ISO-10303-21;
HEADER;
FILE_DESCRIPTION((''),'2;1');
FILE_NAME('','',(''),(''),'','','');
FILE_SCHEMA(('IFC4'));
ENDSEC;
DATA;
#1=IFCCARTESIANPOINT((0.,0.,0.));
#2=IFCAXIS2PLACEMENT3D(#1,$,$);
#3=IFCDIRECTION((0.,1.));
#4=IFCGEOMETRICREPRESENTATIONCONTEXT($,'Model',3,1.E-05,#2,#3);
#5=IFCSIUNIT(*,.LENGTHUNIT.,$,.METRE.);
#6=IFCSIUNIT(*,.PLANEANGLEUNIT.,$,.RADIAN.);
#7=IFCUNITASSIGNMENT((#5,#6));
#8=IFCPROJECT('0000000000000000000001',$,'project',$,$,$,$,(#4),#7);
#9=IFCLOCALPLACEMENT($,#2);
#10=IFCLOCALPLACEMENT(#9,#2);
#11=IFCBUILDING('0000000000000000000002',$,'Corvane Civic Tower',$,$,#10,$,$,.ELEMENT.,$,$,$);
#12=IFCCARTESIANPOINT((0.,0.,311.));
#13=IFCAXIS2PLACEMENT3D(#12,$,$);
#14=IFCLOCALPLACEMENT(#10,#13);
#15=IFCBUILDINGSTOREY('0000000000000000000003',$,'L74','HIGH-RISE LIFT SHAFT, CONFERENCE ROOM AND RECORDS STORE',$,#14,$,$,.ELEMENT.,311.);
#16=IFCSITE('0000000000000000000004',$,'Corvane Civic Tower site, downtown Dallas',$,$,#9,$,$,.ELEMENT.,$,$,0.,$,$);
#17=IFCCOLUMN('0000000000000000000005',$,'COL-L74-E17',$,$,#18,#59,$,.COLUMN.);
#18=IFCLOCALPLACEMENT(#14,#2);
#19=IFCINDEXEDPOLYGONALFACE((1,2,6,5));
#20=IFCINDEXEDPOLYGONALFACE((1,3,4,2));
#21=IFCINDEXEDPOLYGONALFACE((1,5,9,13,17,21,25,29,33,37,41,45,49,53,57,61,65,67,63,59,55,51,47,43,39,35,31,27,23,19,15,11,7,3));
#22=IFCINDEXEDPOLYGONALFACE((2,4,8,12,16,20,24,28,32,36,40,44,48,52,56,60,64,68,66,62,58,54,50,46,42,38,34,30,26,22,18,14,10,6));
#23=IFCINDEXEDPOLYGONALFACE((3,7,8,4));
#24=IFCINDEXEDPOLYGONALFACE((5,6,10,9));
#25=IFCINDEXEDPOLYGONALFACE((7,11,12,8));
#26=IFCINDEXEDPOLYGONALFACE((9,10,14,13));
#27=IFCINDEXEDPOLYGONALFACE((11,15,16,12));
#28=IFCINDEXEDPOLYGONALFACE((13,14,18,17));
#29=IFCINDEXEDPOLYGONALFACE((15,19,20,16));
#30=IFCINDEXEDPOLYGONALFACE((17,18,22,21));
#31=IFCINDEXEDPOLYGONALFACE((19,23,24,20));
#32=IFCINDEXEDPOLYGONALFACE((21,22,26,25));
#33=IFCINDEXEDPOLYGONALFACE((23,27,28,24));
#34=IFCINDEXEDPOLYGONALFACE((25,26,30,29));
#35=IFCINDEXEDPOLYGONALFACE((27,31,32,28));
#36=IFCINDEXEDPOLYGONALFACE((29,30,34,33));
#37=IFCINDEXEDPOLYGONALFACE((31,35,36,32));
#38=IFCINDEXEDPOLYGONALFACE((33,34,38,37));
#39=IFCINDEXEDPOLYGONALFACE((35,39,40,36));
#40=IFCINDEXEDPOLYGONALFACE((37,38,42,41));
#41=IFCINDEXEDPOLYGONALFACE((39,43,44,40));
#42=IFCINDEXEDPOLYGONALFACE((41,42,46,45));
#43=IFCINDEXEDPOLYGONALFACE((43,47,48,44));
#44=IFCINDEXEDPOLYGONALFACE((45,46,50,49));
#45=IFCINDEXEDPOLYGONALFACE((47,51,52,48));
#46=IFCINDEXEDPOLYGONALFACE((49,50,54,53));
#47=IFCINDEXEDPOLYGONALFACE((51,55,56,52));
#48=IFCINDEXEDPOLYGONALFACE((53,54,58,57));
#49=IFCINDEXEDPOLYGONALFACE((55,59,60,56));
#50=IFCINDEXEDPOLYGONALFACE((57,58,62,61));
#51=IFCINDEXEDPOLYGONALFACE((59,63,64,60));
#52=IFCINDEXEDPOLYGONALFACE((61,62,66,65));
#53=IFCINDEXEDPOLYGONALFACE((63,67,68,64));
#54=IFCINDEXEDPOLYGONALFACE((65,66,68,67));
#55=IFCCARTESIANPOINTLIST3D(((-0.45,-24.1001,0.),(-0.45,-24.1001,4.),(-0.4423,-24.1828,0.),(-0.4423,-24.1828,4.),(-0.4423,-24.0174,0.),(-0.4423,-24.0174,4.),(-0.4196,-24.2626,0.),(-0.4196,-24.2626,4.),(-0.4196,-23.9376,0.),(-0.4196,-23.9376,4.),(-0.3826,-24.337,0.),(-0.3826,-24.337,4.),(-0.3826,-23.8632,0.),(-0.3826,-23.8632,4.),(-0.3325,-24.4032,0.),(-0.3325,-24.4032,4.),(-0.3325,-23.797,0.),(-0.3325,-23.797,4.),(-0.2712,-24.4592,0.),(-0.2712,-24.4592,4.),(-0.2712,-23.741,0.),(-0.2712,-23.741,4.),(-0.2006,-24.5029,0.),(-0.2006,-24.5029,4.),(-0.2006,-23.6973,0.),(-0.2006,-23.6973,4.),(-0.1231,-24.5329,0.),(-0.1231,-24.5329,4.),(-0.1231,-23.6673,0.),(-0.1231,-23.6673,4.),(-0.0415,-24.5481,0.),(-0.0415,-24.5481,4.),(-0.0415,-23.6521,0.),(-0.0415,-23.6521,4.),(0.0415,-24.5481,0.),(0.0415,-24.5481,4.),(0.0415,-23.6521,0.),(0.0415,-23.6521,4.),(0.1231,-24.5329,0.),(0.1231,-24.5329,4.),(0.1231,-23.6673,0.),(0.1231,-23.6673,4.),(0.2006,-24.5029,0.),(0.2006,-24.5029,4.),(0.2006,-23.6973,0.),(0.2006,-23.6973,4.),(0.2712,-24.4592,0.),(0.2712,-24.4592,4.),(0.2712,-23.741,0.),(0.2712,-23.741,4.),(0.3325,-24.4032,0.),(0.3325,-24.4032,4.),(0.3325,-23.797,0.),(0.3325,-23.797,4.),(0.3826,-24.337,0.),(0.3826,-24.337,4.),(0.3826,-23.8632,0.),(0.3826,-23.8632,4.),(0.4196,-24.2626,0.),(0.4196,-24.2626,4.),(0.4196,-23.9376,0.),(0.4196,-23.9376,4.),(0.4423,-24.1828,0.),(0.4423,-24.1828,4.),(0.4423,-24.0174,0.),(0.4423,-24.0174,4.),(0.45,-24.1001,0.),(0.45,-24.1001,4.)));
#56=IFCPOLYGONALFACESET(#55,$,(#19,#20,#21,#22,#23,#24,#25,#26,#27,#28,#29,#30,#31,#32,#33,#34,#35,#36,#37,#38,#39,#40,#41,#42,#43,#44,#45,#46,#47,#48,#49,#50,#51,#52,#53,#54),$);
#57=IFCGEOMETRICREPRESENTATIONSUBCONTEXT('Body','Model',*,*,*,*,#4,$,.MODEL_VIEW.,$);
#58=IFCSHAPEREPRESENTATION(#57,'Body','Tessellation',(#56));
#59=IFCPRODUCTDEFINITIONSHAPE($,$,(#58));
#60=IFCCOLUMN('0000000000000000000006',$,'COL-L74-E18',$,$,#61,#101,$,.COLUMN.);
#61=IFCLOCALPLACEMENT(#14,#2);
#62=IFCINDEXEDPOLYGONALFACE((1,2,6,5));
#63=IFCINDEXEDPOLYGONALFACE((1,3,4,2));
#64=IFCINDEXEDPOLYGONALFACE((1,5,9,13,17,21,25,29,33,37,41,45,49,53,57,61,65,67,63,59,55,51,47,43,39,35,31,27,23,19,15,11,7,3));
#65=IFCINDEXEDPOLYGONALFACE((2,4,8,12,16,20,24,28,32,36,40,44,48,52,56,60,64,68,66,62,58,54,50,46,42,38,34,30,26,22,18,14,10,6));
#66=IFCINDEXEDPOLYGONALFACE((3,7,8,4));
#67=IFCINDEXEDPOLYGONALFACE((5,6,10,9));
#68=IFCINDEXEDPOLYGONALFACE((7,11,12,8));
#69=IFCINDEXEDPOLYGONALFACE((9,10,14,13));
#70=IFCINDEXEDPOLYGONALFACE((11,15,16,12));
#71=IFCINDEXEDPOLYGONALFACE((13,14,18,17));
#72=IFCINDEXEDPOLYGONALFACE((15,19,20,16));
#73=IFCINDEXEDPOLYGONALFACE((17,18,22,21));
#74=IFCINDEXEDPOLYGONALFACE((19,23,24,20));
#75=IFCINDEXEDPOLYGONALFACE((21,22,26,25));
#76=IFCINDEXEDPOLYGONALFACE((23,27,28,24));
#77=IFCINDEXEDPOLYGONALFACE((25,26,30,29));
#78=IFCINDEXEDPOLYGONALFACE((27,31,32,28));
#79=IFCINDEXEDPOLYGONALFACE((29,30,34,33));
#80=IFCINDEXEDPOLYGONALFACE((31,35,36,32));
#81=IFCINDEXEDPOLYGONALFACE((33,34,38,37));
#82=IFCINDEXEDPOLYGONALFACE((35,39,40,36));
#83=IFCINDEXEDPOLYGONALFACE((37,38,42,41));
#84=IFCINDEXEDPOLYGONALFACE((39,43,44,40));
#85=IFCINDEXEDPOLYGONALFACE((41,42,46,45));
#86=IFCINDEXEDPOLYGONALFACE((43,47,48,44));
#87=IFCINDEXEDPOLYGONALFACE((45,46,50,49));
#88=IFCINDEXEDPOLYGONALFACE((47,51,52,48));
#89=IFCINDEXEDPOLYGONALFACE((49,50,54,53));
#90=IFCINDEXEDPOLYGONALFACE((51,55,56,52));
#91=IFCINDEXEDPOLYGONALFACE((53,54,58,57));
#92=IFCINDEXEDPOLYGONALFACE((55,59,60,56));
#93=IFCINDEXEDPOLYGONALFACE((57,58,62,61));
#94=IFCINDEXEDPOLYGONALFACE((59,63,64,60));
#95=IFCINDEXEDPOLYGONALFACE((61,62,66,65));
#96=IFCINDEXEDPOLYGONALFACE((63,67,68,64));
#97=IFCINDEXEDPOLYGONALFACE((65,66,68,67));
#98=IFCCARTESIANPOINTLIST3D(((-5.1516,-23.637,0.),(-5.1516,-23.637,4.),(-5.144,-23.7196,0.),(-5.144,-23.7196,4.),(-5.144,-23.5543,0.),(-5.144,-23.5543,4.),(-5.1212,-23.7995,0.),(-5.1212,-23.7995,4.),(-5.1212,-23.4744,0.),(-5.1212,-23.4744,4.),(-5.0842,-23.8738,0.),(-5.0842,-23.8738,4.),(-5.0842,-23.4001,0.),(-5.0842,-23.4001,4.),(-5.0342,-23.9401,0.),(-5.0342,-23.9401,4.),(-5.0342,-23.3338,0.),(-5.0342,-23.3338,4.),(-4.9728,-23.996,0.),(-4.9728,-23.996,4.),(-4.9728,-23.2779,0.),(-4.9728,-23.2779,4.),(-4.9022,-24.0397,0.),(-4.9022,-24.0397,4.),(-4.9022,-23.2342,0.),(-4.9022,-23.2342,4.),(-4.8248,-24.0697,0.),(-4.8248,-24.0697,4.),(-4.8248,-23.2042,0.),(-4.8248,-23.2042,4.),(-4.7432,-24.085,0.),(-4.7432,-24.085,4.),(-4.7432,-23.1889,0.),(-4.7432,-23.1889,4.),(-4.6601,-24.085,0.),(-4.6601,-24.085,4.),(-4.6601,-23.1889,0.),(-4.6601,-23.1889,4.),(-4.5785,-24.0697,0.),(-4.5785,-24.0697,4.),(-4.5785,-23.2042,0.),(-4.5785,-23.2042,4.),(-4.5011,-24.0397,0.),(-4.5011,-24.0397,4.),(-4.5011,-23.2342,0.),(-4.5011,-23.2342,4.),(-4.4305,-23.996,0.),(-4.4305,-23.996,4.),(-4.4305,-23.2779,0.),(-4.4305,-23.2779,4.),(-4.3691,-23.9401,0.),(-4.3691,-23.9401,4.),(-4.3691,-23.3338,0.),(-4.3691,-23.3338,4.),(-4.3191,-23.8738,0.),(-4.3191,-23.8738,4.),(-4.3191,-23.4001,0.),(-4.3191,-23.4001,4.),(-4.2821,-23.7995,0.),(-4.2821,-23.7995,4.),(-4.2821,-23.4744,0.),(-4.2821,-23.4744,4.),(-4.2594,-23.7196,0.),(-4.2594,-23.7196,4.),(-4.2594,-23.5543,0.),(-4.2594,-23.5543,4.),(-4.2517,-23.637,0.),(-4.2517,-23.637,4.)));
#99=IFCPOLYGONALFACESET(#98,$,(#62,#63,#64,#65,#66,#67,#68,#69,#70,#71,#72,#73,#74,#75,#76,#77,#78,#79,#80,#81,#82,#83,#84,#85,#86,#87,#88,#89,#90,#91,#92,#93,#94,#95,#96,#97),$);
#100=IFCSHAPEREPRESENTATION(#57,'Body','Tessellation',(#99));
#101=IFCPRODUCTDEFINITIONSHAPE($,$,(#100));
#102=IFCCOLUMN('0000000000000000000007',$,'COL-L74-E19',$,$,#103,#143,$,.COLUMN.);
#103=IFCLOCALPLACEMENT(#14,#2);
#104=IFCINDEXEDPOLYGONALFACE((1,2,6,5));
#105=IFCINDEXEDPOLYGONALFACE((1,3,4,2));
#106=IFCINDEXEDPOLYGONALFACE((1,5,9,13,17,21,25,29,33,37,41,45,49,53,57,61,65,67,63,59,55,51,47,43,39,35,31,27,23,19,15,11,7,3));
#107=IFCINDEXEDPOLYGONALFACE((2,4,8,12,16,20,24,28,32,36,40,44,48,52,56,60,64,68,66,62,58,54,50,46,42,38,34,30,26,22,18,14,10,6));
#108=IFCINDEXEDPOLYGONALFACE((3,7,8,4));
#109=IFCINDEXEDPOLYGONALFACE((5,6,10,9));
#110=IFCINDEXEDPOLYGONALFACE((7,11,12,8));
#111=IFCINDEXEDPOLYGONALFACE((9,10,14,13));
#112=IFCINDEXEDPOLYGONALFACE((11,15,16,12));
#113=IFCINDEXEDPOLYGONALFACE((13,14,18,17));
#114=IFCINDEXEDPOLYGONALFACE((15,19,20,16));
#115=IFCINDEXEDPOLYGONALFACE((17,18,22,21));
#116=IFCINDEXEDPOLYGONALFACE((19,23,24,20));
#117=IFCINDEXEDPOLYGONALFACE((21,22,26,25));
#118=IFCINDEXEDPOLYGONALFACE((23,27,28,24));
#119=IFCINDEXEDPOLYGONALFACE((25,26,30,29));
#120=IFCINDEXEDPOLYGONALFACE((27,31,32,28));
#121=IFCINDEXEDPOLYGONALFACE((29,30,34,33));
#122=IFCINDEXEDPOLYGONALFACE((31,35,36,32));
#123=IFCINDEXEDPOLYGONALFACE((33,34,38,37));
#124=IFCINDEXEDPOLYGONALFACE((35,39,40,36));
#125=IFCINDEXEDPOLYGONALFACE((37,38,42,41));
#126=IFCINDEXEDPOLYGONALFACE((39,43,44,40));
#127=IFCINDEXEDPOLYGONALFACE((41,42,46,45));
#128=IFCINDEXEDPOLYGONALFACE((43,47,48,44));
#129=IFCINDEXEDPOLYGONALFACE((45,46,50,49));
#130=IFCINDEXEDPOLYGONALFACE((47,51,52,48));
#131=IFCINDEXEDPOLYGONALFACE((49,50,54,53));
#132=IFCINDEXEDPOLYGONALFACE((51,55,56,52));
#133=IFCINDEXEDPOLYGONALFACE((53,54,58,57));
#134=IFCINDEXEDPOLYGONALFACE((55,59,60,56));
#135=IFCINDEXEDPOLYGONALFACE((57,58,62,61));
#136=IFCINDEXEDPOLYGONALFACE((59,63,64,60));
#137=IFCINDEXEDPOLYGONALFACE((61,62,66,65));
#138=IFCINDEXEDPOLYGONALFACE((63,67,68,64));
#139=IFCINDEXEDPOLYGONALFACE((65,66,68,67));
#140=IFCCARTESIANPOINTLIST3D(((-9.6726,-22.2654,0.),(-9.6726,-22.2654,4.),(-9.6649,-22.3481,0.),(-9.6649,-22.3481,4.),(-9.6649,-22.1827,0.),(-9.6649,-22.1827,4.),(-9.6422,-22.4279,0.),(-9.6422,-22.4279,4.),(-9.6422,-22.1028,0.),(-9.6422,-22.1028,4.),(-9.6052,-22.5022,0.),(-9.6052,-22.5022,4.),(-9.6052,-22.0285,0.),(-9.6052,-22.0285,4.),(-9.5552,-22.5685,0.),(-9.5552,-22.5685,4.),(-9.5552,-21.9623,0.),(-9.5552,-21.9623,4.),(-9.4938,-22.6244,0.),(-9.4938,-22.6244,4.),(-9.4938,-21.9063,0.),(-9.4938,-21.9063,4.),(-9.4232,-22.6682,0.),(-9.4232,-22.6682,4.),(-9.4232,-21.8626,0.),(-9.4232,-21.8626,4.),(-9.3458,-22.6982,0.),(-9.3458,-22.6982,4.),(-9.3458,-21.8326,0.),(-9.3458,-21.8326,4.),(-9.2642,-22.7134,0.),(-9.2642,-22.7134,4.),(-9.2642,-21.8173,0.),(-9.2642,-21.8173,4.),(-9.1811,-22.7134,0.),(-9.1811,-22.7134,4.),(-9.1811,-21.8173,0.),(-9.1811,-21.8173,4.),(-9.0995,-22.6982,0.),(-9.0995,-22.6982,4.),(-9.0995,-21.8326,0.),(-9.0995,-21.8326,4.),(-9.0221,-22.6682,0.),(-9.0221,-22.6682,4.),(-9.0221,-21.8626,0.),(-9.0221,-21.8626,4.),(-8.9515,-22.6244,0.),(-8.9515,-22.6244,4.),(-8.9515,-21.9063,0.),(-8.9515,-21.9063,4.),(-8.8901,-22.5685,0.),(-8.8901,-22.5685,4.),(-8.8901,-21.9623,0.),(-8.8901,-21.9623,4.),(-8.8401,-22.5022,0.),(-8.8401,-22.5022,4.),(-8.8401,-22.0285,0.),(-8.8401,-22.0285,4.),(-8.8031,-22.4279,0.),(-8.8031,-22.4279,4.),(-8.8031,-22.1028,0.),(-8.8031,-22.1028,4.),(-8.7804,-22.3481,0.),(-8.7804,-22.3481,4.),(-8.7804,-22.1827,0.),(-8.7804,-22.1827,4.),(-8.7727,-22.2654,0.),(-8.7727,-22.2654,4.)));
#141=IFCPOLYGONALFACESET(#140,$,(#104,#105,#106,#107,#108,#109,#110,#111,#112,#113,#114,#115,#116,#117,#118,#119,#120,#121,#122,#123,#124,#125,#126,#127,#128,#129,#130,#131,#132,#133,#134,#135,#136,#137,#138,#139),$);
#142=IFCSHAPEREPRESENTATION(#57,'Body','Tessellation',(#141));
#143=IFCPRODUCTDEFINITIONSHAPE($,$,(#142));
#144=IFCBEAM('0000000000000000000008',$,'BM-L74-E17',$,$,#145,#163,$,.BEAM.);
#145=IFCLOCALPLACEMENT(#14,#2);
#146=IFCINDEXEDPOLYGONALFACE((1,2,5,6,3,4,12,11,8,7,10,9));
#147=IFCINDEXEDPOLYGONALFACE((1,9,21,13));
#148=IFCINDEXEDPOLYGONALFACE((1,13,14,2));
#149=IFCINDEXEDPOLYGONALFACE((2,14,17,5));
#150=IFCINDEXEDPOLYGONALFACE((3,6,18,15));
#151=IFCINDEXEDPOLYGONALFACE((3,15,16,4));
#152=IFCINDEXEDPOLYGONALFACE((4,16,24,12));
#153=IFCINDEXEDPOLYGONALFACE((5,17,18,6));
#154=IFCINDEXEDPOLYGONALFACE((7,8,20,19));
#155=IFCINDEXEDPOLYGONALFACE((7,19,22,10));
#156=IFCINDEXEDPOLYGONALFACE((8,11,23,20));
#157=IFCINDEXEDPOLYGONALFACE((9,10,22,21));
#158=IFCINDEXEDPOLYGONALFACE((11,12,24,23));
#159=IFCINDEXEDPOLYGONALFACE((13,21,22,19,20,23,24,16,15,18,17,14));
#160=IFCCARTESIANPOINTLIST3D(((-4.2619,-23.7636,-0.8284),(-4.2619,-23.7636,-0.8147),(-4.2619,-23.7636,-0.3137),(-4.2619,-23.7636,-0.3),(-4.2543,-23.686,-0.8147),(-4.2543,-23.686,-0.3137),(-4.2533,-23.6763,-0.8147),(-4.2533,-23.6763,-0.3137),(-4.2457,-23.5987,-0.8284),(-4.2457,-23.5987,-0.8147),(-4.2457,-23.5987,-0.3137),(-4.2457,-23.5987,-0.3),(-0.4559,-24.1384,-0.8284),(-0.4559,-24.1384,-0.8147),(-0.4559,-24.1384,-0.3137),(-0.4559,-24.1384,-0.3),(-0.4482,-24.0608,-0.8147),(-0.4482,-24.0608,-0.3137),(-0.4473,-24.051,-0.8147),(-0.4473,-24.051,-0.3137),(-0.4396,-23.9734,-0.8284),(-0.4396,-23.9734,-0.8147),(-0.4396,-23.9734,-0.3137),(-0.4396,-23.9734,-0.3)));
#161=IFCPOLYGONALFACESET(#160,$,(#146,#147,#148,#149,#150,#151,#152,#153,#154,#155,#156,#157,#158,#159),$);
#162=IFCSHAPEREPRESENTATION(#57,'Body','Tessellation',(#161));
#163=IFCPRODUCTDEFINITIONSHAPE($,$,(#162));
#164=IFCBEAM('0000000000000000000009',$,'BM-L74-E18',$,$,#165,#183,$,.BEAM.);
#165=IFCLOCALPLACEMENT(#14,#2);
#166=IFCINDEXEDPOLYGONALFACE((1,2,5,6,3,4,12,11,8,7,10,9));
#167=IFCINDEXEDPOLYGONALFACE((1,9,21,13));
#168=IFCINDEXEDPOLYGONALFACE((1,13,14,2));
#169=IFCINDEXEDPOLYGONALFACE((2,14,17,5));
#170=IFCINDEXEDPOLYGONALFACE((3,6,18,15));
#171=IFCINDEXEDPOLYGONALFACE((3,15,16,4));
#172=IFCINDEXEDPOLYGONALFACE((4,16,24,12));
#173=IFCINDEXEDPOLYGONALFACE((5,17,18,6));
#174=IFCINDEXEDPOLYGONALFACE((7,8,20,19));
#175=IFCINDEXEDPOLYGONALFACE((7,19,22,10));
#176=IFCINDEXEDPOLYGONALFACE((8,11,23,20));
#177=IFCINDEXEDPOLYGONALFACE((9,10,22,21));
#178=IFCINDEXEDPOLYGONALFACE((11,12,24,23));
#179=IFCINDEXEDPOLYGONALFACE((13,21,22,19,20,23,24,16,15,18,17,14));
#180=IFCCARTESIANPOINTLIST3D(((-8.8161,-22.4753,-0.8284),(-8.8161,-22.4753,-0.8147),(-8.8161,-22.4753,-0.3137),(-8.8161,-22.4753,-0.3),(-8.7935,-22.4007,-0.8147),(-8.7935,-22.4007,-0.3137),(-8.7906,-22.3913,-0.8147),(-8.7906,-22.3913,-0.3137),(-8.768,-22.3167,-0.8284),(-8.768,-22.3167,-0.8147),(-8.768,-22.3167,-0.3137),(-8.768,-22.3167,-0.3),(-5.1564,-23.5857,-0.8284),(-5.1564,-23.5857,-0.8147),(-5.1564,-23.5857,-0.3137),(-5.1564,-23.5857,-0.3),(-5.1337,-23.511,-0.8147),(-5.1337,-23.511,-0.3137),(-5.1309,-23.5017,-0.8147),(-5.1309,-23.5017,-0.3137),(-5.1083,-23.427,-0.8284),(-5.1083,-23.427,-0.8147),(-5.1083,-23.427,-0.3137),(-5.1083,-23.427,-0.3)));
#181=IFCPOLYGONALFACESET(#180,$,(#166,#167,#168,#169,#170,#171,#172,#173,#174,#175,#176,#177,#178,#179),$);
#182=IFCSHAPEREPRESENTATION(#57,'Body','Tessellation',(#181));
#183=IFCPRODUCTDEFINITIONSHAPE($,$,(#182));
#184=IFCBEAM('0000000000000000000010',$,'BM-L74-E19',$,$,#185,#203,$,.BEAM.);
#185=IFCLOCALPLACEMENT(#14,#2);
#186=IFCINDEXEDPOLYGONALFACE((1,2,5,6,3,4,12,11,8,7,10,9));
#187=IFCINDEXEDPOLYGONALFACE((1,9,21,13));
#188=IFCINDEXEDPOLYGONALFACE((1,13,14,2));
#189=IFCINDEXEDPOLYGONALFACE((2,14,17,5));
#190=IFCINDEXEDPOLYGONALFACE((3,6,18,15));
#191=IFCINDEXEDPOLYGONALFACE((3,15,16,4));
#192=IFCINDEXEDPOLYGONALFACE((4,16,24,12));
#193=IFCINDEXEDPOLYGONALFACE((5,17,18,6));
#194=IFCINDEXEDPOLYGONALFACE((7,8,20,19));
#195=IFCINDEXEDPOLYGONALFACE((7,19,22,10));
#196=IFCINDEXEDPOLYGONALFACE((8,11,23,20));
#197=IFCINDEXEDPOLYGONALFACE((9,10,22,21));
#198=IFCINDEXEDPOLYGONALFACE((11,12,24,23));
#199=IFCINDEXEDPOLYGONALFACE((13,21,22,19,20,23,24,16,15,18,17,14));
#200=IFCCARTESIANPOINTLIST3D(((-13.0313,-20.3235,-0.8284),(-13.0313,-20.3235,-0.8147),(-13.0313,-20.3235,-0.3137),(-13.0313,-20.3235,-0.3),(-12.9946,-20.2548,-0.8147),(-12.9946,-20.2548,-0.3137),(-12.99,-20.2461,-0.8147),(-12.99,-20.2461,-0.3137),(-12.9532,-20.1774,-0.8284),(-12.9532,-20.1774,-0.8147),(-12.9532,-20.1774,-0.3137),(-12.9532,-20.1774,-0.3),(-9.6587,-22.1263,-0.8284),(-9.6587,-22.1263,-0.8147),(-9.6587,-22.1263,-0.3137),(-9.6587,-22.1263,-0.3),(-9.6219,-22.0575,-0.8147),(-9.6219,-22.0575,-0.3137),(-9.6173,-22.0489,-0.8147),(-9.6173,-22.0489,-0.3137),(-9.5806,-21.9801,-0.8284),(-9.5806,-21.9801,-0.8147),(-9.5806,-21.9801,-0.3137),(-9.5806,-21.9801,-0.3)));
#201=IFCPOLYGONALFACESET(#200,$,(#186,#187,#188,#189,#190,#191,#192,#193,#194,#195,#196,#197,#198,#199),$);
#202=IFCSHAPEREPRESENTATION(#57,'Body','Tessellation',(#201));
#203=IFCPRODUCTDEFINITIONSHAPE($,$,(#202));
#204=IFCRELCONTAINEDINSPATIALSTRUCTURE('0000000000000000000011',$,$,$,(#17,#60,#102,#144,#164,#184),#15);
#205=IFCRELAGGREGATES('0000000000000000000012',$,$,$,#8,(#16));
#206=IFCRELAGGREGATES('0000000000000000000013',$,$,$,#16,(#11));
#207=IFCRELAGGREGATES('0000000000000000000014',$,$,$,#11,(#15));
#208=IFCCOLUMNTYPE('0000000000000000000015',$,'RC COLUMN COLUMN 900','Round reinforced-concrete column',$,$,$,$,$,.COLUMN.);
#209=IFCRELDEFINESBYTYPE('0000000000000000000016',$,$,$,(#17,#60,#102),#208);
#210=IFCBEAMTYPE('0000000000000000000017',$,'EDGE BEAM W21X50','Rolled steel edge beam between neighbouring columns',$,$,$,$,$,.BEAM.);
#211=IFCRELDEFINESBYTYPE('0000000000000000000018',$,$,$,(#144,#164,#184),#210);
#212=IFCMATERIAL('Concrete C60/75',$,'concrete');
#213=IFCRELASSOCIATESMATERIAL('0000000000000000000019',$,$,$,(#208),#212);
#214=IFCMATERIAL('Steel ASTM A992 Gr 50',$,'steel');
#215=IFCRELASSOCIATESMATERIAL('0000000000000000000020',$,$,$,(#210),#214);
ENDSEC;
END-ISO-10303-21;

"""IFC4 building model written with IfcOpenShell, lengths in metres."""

from ifc_helpers import new_model, si_unit, direction, frame, origin, origin_2d, place, context, subcontext, project, spatial, circle, i_section, extrude, material, material_profile, profile_set, type_object, element, save


model = new_model("IFC4")

# Units and contexts
model_context = context("Model", 3, precision=1e-05, world=origin(), true_north=direction((0.0, 1.0)))
body_context = subcontext(model_context, "Body", "Model", "MODEL_VIEW")
ifc_project = project(units=[si_unit("LENGTHUNIT", "METRE"), si_unit("PLANEANGLEUNIT", "RADIAN")], contexts=[model_context])

# Site, building, storey
site_placement = place(None, origin())
site = spatial("IfcSite", under=ifc_project, at=site_placement, Name="Corvane Civic Tower site, downtown Dallas", CompositionType="ELEMENT", RefElevation=0.0)
building_placement = place(site_placement, origin())
building = spatial("IfcBuilding", under=site, at=building_placement, Name="Corvane Civic Tower", CompositionType="ELEMENT")
storey_placement = place(building_placement, frame((0.0, 0.0, 311.0)))
storey = spatial("IfcBuildingStorey", under=building, at=storey_placement, Name="L74", Description="HIGH-RISE LIFT SHAFT, CONFERENCE ROOM AND RECORDS STORE", CompositionType="ELEMENT", Elevation=311.0)

# Columns
ifc_material_1 = material(Name="Concrete C60/75", Category="concrete")
ifc_material_profile_1 = material_profile(ifc_material_1, circle(Radius=0.45, at=origin_2d()), Name="COLUMN 900")
ifc_profile_set_1 = profile_set([ifc_material_profile_1], Name="Concrete C60/75")
column_type = type_object("IfcColumnType", Name="RC COLUMN COLUMN 900", Description="Round reinforced-concrete column", PredefinedType="COLUMN", material=ifc_profile_set_1)
for number, where, z_axis, x_axis, name in (
    (1, (0.0, -24.1001, 0.0), (0.0, 0.0, 1.0), (1.0, 0.0, 0.0), "COL-L74-E17"),
    (2, (-4.7017, -23.637, 0.0), (0.0, 0.0, 1.0), (1.0, 0.0, 0.0), "COL-L74-E18"),
    (3, (-9.2227, -22.2654, 0.0), (0.0, 0.0, 1.0), (1.0, 0.0, 0.0), "COL-L74-E19"),
):
    element("IfcColumn", number, at=place(storey_placement, frame(where, z_axis=z_axis, x_axis=x_axis)), inside=storey, type_object=column_type, Name=name, PredefinedType="COLUMN", context=body_context, shape_type="SweptSolid", body=[
        extrude(circle(Radius=0.45, at=origin_2d()), origin(), (0.0, 0.0, 1.0), 4.0),
    ])

# Beams
ifc_material_2 = material(Name="Steel ASTM A992 Gr 50", Category="steel")
ifc_material_profile_2 = material_profile(ifc_material_2, i_section(OverallWidth=0.1658, OverallDepth=0.5283, WebThickness=0.0098, FlangeThickness=0.0137, at=origin_2d()), Name="W21X50")
ifc_profile_set_2 = profile_set([ifc_material_profile_2], Name="Steel ASTM A992 Gr 50")
beam_type_1 = type_object("IfcBeamType", Name="EDGE BEAM W21X50", Description="Rolled steel edge beam between neighbouring columns", PredefinedType="BEAM", material=ifc_profile_set_2)
for number, where, z_axis, x_axis, name in (
    (4, (-0.4478, -24.0559, -0.5642), (-0.995188, 0.097987, 0.0), (-0.097987, -0.995188, 0.0), "BM-L74-E17"),
    (5, (-5.1323, -23.5063, -0.5642), (-0.956926, 0.290333, 0.0), (-0.290333, -0.956926, 0.0), "BM-L74-E18"),
):
    element("IfcBeam", number, at=place(storey_placement, frame(where, z_axis=z_axis, x_axis=x_axis)), inside=storey, type_object=beam_type_1, Name=name, PredefinedType="BEAM", context=body_context, shape_type="SweptSolid", body=[
        extrude(i_section(OverallWidth=0.1658, OverallDepth=0.5283, WebThickness=0.0098, FlangeThickness=0.0137, at=origin_2d()), origin(), (0.0, 0.0, 1.0), 3.8245),
    ])
beam_1_placement = place(storey_placement, frame((-9.6196, -22.0532, -0.5642), z_axis=(-0.881914, 0.47141, 0.0), x_axis=(-0.47141, -0.881914, 0.0)))
element("IfcBeam", 6, at=beam_1_placement, inside=storey, type_object=beam_type_1, Name="BM-L74-E19", PredefinedType="BEAM", context=body_context, shape_type="SweptSolid", body=[
    extrude(i_section(OverallWidth=0.1658, OverallDepth=0.5283, WebThickness=0.0098, FlangeThickness=0.0137, at=origin_2d()), origin(), (0.0, 0.0, 1.0), 3.8242),
])

save(model, "model.ifc")
